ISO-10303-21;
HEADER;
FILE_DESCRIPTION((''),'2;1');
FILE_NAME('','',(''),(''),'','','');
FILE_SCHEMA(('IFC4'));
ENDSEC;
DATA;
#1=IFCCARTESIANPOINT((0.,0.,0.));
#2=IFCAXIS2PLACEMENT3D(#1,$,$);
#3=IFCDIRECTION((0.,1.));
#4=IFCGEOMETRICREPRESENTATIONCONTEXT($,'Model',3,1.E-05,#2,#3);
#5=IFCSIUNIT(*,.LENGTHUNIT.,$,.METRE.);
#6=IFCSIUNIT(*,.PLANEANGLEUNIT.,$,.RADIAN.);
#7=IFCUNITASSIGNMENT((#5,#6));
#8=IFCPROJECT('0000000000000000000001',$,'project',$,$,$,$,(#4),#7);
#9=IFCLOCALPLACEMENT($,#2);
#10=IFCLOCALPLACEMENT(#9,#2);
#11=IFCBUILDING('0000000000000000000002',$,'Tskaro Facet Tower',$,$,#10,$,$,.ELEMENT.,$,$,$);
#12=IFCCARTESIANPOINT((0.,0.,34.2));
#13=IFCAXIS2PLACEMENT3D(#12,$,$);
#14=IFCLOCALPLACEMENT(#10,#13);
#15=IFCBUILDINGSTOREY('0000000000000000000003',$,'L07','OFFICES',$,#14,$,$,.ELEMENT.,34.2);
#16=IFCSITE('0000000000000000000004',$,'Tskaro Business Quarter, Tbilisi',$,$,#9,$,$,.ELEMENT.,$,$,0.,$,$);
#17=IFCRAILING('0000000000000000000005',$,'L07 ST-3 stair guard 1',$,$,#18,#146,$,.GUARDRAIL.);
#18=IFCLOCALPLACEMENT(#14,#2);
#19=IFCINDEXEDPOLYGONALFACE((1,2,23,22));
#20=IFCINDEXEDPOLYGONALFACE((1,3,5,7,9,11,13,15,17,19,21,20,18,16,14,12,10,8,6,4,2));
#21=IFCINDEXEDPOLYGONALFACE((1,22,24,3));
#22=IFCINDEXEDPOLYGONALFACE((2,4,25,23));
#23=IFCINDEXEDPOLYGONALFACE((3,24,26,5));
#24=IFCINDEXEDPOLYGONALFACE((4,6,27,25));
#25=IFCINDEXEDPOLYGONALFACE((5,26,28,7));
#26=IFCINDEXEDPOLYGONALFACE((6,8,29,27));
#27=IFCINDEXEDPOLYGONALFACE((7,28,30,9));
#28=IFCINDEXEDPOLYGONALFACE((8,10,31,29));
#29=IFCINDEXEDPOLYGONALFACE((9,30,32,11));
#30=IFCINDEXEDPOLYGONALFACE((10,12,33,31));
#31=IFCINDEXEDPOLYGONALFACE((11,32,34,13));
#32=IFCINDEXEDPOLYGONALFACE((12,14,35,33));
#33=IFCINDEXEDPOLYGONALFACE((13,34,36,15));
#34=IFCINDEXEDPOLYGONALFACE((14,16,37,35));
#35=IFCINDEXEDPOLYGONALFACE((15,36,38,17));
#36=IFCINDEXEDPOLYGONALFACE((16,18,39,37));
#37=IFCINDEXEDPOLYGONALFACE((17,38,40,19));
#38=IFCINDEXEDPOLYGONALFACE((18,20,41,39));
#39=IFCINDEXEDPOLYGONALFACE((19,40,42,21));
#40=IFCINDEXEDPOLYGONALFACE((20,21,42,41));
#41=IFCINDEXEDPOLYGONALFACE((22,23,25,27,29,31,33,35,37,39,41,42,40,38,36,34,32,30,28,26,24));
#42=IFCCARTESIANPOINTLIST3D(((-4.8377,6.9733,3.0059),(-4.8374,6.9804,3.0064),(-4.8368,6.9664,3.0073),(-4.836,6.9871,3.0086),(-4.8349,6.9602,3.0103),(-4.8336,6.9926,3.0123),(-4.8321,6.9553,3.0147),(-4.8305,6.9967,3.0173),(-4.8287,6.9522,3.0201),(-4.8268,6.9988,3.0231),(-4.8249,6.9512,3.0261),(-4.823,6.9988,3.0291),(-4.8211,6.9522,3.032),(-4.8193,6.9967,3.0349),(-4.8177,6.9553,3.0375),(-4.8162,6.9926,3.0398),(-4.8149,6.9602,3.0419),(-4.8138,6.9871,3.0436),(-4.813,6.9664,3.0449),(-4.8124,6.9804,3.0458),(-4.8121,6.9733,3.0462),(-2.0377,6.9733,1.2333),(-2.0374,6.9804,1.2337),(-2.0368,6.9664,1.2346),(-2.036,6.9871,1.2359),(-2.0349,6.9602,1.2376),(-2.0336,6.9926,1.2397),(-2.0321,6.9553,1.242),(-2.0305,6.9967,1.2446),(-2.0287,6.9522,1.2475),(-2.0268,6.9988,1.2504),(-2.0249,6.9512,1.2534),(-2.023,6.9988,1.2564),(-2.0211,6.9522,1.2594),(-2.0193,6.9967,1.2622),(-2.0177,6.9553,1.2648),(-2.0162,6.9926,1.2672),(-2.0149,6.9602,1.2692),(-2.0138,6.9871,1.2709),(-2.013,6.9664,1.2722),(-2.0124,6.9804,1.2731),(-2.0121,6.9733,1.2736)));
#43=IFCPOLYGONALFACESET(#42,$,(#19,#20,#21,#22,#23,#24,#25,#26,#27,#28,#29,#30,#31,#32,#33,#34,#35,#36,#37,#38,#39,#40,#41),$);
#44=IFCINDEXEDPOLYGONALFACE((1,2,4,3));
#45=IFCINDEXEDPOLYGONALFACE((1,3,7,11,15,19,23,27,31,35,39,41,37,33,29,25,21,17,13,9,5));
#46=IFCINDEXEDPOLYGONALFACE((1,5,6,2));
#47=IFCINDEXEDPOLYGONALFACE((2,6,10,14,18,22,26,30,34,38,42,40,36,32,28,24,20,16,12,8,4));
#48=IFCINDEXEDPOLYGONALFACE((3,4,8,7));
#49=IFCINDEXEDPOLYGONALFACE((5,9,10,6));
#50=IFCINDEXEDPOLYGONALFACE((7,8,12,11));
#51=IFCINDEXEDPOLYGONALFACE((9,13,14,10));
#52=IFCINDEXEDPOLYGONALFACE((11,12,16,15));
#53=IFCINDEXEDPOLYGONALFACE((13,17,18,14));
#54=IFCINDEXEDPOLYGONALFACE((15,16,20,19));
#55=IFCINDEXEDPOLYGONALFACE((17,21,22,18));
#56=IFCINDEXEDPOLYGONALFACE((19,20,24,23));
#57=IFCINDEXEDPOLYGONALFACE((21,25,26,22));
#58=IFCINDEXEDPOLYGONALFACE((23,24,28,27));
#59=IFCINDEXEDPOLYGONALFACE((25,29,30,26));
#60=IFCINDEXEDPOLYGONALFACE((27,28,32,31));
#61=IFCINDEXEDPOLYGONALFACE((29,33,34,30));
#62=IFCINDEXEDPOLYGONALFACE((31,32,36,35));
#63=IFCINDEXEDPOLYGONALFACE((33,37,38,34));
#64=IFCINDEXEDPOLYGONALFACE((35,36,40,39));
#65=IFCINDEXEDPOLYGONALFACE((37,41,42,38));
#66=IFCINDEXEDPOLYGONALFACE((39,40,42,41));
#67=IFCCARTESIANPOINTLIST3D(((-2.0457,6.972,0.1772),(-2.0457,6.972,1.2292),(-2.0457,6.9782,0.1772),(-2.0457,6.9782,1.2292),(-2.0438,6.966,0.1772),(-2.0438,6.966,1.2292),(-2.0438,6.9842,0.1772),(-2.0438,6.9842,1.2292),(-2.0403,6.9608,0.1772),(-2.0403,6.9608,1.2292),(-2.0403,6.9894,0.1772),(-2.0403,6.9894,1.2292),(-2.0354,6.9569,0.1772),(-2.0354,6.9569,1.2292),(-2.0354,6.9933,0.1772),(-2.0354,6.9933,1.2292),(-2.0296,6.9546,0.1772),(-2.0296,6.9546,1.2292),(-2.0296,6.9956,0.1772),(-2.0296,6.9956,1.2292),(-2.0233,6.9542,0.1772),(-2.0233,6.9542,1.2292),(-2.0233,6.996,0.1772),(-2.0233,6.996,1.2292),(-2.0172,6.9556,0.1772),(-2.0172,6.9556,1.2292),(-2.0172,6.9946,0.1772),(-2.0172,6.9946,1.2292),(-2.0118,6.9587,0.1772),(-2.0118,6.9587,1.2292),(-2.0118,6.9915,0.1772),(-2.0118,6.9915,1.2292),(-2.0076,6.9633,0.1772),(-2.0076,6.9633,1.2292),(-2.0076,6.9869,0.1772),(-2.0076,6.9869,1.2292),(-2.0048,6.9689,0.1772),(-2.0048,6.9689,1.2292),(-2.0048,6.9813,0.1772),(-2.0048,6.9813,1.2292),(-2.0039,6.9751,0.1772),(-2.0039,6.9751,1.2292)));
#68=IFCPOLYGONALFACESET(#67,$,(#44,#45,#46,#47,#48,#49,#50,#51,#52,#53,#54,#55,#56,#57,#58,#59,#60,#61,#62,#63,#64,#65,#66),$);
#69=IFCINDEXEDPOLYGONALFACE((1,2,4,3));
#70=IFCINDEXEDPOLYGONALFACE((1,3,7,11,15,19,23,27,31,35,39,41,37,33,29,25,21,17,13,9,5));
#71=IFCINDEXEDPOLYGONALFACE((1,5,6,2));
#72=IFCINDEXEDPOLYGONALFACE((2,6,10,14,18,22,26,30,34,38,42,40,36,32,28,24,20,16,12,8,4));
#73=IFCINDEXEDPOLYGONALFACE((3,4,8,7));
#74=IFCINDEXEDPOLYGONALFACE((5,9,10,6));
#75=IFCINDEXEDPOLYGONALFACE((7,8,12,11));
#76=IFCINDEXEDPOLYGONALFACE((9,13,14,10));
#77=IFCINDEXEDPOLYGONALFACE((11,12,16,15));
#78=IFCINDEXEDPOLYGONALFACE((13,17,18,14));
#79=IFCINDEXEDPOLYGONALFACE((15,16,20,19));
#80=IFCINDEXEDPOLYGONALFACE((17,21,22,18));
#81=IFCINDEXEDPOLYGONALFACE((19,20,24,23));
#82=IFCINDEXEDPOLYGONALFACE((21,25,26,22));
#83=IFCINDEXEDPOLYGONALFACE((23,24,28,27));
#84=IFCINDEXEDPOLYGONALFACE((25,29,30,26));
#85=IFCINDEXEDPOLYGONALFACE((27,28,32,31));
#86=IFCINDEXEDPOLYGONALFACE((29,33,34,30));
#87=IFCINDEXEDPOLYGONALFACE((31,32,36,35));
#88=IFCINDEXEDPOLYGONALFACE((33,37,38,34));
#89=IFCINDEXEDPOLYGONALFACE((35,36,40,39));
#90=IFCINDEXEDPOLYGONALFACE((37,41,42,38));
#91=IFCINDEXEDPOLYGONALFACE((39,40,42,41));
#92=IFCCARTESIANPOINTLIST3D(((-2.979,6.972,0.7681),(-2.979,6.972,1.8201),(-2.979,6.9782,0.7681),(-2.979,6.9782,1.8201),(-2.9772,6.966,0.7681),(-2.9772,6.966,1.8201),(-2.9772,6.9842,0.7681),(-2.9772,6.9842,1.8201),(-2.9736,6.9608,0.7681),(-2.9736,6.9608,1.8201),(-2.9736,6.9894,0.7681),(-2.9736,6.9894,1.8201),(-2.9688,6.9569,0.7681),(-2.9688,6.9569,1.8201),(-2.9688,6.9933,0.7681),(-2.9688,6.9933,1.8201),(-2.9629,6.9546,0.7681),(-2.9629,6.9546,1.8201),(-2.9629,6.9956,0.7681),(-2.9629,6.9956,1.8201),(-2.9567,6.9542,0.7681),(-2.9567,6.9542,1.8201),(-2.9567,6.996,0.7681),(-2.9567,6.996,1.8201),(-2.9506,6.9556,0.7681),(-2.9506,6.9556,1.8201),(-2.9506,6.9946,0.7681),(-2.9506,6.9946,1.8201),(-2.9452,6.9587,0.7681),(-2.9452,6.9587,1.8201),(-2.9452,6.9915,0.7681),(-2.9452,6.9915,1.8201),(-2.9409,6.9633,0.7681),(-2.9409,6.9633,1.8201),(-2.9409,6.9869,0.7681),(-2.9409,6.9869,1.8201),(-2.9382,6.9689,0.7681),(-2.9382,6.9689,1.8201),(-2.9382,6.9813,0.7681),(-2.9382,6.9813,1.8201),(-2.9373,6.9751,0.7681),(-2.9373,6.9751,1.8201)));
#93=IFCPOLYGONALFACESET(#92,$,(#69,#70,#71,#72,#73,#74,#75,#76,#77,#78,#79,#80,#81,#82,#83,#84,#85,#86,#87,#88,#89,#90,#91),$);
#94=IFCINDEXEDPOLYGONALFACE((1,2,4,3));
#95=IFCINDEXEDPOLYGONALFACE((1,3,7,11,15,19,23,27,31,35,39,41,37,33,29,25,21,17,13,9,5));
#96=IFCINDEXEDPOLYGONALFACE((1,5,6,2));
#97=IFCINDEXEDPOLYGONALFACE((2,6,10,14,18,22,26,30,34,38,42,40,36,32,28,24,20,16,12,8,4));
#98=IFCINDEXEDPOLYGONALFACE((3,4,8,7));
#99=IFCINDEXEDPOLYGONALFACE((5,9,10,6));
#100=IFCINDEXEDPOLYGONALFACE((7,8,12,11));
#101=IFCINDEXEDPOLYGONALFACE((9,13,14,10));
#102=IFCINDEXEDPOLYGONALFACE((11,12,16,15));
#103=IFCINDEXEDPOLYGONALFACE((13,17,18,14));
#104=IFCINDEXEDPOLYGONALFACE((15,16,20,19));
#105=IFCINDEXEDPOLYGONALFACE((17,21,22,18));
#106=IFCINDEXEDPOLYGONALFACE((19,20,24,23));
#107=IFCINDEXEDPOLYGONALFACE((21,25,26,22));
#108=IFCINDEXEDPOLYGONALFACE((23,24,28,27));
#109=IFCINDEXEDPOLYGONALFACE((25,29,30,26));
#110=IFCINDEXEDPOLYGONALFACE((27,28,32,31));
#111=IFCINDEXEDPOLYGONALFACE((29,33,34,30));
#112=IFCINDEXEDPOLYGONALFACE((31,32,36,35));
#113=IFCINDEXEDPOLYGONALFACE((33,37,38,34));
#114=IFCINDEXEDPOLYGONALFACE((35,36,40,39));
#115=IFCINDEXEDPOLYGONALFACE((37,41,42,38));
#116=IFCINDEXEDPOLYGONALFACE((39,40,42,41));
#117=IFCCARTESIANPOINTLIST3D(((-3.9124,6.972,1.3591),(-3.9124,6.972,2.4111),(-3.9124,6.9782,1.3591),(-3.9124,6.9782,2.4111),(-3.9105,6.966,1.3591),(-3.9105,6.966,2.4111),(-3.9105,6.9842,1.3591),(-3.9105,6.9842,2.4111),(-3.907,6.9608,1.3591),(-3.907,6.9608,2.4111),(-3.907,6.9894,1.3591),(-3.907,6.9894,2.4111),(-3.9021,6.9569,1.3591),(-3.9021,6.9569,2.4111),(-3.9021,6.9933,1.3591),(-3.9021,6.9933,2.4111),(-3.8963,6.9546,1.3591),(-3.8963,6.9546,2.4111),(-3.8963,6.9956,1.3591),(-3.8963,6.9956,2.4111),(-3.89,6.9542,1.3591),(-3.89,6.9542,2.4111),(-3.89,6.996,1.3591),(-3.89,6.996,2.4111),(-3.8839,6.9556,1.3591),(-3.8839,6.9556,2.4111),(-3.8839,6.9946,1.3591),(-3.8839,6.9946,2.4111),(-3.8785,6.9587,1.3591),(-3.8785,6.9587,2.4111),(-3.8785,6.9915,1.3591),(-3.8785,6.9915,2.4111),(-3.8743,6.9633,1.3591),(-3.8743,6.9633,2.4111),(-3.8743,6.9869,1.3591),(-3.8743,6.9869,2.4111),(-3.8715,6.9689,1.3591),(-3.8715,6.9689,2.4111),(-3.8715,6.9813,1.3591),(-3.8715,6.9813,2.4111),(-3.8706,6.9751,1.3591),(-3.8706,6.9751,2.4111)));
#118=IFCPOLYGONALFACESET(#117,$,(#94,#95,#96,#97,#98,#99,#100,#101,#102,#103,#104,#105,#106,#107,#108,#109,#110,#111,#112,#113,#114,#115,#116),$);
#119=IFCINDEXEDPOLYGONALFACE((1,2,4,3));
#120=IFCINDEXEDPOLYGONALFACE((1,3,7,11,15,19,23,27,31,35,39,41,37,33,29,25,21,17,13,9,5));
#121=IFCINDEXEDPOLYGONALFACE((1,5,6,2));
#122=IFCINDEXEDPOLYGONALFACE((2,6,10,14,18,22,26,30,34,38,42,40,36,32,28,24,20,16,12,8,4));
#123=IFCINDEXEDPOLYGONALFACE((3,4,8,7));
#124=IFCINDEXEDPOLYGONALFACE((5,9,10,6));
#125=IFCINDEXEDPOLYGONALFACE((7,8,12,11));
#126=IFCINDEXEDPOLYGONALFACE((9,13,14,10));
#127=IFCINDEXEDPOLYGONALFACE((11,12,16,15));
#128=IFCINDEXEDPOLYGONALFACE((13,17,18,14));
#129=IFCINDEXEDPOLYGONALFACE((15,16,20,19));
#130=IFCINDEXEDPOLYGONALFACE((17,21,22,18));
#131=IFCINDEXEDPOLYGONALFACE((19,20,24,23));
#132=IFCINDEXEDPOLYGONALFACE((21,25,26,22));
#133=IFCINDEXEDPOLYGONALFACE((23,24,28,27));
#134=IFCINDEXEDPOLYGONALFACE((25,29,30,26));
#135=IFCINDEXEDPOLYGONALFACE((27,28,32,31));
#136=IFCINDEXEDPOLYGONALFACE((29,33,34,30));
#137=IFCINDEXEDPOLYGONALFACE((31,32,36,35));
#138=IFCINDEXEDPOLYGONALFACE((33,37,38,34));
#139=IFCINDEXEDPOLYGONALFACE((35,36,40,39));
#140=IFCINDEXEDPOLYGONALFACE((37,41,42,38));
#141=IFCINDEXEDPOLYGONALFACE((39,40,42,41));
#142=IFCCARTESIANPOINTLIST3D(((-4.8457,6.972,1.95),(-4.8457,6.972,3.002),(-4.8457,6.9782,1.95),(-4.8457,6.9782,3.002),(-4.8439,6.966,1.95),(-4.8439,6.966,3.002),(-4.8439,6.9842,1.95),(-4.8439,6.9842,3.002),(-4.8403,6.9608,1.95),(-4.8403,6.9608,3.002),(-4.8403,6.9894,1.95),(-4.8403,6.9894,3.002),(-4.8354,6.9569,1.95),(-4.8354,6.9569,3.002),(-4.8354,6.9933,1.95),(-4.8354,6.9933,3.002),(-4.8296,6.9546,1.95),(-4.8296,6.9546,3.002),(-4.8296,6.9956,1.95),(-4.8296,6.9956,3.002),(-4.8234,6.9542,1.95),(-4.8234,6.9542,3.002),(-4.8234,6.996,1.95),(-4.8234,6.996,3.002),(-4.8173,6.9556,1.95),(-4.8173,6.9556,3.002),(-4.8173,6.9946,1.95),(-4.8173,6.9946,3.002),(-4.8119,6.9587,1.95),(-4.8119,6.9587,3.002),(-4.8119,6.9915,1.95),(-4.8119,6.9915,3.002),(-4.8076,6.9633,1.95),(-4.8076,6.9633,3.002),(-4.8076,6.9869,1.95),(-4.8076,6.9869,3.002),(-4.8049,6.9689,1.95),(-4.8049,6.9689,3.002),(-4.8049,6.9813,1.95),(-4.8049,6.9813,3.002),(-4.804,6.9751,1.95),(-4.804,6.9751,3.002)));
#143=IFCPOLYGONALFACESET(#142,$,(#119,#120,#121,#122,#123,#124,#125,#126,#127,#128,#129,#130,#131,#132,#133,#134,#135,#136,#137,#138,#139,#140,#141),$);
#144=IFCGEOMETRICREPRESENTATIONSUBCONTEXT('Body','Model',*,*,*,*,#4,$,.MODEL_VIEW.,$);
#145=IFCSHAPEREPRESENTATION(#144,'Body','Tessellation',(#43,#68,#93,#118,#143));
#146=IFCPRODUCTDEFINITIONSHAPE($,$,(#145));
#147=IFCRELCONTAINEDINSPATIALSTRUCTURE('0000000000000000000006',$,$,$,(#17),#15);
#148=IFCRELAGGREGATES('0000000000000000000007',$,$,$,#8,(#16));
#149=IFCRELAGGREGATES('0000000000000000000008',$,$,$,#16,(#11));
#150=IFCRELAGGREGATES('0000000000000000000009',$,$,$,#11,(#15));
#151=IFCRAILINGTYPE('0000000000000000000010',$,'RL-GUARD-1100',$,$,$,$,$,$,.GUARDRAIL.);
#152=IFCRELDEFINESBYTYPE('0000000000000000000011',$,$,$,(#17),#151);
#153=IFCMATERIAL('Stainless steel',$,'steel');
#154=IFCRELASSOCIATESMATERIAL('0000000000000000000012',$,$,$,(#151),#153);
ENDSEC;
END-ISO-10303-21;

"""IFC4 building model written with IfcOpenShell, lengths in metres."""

from ifc_helpers import new_model, si_unit, direction, frame, origin, origin_2d, place, context, subcontext, project, spatial, circle, extrude, material, type_object, element, save


model = new_model("IFC4")

# Units and contexts
model_context = context("Model", 3, precision=1e-05, world=origin(), true_north=direction((0.0, 1.0)))
body_context = subcontext(model_context, "Body", "Model", "MODEL_VIEW")
ifc_project = project(units=[si_unit("LENGTHUNIT", "METRE"), si_unit("PLANEANGLEUNIT", "RADIAN")], contexts=[model_context])

# Site, building, storey
site_placement = place(None, origin())
site = spatial("IfcSite", under=ifc_project, at=site_placement, Name="Tskaro Business Quarter, Tbilisi", CompositionType="ELEMENT", RefElevation=0.0)
building_placement = place(site_placement, origin())
building = spatial("IfcBuilding", under=site, at=building_placement, Name="Tskaro Facet Tower", CompositionType="ELEMENT")
storey_placement = place(building_placement, frame((0.0, 0.0, 34.2)))
storey = spatial("IfcBuildingStorey", under=building, at=storey_placement, Name="L07", Description="OFFICES", CompositionType="ELEMENT", Elevation=34.2)

# Railing
ifc_material_1 = material(Name="Stainless steel", Category="steel")
railing_type_1 = type_object("IfcRailingType", Name="RL-GUARD-1100", PredefinedType="GUARDRAIL", material=ifc_material_1)
railing_1_placement = place(storey_placement, frame((-2.0249, 6.9751, 0.1772)))
element("IfcRailing", 1, at=railing_1_placement, inside=storey, type_object=railing_type_1, Name="L07 ST-3 stair guard 1", PredefinedType="GUARDRAIL", context=body_context, shape_type="SweptSolid", body=[
    extrude(circle(Radius=0.0239, at=origin_2d()), frame((0.0, 0.0, 1.0762), z_axis=(-0.844909, 0.0, 0.53491), x_axis=(0.0, -1.0, 0.0)), (0.0, 0.0, 1.0), 3.314),
    extrude(circle(Radius=0.021, at=origin_2d()), origin(), (0.0, 0.0, 1.0), 1.052),
    extrude(circle(Radius=0.021, at=origin_2d()), frame((-0.9333, 0.0, 0.5908)), (0.0, 0.0, 1.0), 1.052),
    extrude(circle(Radius=0.021, at=origin_2d()), frame((-1.8667, 0.0, 1.1819)), (0.0, 0.0, 1.0), 1.052),
    extrude(circle(Radius=0.021, at=origin_2d()), frame((-2.8, 0.0, 1.7727)), (0.0, 0.0, 1.0), 1.052),
])

save(model, "model.ifc")
